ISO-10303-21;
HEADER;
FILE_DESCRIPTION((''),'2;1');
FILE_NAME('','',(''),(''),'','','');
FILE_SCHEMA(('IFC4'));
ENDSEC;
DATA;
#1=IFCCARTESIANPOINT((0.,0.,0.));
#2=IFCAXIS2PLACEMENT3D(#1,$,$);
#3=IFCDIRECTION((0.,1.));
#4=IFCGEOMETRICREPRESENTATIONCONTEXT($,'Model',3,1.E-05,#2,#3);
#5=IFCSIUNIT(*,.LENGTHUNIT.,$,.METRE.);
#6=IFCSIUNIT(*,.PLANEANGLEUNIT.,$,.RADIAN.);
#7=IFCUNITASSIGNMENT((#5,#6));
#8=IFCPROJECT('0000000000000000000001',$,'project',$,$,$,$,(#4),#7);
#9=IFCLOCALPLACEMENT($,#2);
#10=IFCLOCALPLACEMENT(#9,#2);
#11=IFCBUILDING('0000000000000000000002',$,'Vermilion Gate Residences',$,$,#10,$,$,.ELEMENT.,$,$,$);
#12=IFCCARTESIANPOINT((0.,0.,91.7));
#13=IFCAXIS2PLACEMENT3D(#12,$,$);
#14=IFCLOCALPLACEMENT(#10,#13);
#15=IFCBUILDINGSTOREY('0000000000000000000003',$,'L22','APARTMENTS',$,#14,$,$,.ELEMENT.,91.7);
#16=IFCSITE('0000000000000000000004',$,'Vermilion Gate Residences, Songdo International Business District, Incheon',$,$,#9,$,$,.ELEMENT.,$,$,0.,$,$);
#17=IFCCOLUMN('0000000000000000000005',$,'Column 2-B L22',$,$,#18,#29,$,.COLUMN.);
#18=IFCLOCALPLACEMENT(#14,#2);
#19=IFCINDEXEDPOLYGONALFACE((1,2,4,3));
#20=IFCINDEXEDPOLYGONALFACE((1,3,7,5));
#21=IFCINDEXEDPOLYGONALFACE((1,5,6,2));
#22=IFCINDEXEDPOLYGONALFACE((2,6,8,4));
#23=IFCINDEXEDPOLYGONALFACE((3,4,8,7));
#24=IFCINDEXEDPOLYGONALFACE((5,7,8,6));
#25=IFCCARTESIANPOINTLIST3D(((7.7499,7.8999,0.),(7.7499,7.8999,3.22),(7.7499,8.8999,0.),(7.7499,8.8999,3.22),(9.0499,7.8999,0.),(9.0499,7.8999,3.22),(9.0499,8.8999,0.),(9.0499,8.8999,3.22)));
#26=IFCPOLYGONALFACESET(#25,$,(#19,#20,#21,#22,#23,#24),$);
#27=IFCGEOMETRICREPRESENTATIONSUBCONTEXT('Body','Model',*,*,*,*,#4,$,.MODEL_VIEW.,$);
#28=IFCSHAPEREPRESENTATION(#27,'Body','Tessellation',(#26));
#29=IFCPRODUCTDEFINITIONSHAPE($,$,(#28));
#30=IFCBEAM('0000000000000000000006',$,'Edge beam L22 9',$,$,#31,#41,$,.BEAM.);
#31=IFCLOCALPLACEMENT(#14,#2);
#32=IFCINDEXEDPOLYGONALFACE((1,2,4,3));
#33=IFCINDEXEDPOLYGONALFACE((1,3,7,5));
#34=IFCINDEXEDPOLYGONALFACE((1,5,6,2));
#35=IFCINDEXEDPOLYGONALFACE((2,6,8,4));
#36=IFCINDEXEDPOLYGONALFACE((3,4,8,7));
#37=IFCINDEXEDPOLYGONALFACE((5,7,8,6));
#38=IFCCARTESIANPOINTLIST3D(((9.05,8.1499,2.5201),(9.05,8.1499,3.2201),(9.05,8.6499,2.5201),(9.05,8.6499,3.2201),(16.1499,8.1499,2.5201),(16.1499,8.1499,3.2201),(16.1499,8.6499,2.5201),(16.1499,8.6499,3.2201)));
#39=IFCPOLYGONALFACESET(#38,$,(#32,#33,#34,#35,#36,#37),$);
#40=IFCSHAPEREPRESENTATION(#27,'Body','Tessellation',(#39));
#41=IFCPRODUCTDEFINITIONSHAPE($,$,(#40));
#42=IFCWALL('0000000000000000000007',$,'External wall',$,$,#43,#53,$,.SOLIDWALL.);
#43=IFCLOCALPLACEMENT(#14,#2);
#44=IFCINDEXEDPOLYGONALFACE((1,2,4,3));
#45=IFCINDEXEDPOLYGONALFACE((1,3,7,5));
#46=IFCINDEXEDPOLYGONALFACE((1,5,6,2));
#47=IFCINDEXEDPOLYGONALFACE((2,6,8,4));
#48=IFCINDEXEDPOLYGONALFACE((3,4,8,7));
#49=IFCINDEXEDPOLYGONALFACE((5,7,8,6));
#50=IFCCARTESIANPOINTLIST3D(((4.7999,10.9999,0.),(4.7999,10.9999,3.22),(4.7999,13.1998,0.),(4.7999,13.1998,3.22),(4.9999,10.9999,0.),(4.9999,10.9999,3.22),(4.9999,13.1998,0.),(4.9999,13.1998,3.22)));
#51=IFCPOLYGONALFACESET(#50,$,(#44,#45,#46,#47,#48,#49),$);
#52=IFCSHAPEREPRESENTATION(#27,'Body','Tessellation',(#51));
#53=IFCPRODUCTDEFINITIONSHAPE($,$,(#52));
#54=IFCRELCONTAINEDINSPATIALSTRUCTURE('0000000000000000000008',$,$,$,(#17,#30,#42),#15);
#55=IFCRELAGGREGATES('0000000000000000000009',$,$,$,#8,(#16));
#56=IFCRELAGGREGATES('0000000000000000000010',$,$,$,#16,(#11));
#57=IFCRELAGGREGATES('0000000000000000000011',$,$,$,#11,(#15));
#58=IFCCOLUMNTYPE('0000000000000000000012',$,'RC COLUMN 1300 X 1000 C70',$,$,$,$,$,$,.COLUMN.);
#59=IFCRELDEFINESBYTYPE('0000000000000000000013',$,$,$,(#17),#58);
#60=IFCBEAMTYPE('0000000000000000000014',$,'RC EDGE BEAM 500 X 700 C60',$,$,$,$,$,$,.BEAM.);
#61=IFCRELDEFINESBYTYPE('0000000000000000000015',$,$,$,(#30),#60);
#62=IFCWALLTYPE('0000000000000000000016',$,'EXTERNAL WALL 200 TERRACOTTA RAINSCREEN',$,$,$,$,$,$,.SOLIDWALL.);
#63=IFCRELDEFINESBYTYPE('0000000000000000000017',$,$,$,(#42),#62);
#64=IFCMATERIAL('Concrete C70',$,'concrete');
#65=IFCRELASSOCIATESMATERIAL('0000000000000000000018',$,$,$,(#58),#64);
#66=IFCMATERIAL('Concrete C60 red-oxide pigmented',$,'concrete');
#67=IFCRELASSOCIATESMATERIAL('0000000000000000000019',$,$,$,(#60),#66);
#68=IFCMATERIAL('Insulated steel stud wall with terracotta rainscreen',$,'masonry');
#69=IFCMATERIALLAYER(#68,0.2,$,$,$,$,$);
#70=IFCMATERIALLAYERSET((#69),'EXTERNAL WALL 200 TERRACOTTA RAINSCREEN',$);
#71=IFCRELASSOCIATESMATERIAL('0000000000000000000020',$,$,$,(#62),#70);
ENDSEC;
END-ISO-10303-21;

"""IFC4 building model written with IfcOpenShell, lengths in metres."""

from ifc_helpers import new_model, si_unit, direction, frame, frame_2d, origin, origin_2d, place, context, subcontext, project, spatial, rectangle, extrude, material, layer, layer_set, material_profile, profile_set, type_object, element, save


model = new_model("IFC4")

# Units and contexts
model_context = context("Model", 3, precision=1e-05, world=origin(), true_north=direction((0.0, 1.0)))
body_context = subcontext(model_context, "Body", "Model", "MODEL_VIEW")
ifc_project = project(units=[si_unit("LENGTHUNIT", "METRE"), si_unit("PLANEANGLEUNIT", "RADIAN")], contexts=[model_context])

# Site, building, storey
site_placement = place(None, origin())
site = spatial("IfcSite", under=ifc_project, at=site_placement, Name="Vermilion Gate Residences, Songdo International Business District, Incheon", CompositionType="ELEMENT", RefElevation=0.0)
building_placement = place(site_placement, origin())
building = spatial("IfcBuilding", under=site, at=building_placement, Name="Vermilion Gate Residences", CompositionType="ELEMENT")
storey_placement = place(building_placement, frame((0.0, 0.0, 91.7)))
storey = spatial("IfcBuildingStorey", under=building, at=storey_placement, Name="L22", Description="APARTMENTS", CompositionType="ELEMENT", Elevation=91.7)

# Column
ifc_material_1 = material(Name="Concrete C70", Category="concrete")
ifc_material_profile_1 = material_profile(ifc_material_1, rectangle(XDim=1.3, YDim=1.0, at=origin_2d()), Name="RC-1300x1000")
ifc_profile_set_1 = profile_set([ifc_material_profile_1], Name="Concrete C70")
column_type = type_object("IfcColumnType", Name="RC COLUMN 1300 X 1000 C70", PredefinedType="COLUMN", material=ifc_profile_set_1)
column_placement = place(storey_placement, frame((8.3999, 8.3999, 0.0), z_axis=(0.0, 0.0, 1.0), x_axis=(1.0, 0.0, 0.0)))
element("IfcColumn", 1, at=column_placement, inside=storey, type_object=column_type, Name="Column 2-B L22", PredefinedType="COLUMN", context=body_context, shape_type="SweptSolid", body=[
    extrude(rectangle(XDim=1.3, YDim=1.0, at=origin_2d()), origin(), (0.0, 0.0, 1.0), 3.22),
])

# Beam
ifc_material_2 = material(Name="Concrete C60 red-oxide pigmented", Category="concrete")
ifc_material_profile_2 = material_profile(ifc_material_2, rectangle(XDim=0.5, YDim=0.7, at=origin_2d()), Name="RC-500x700")
ifc_profile_set_2 = profile_set([ifc_material_profile_2], Name="Concrete C60 red-oxide pigmented")
beam_type = type_object("IfcBeamType", Name="RC EDGE BEAM 500 X 700 C60", PredefinedType="BEAM", material=ifc_profile_set_2)
beam_placement = place(storey_placement, frame((9.05, 8.3999, 2.8701), z_axis=(1.0, 0.0, 0.0), x_axis=(0.0, 1.0, 0.0)))
element("IfcBeam", 2, at=beam_placement, inside=storey, type_object=beam_type, Name="Edge beam L22 9", PredefinedType="BEAM", context=body_context, shape_type="SweptSolid", body=[
    extrude(rectangle(XDim=0.5, YDim=0.7, at=origin_2d()), origin(), (0.0, 0.0, 1.0), 7.0999),
])

# Wall
ifc_material_3 = material(Name="Insulated steel stud wall with terracotta rainscreen", Category="masonry")
ifc_layer_1 = layer(ifc_material_3, 0.2)
ifc_layer_set_1 = layer_set([ifc_layer_1], Name="EXTERNAL WALL 200 TERRACOTTA RAINSCREEN")
wall_type_1 = type_object("IfcWallType", Name="EXTERNAL WALL 200 TERRACOTTA RAINSCREEN", PredefinedType="SOLIDWALL", material=ifc_layer_set_1)
wall_1_placement = place(storey_placement, frame((4.8999, 13.2, 0.0), z_axis=(0.0, 0.0, 1.0), x_axis=(0.0, -1.0, 0.0)))
element("IfcWall", 3, at=wall_1_placement, inside=storey, type_object=wall_type_1, Name="External wall", PredefinedType="SOLIDWALL", context=body_context, shape_type="SweptSolid", body=[
    extrude(rectangle(XDim=2.2, YDim=0.2, at=frame_2d((1.1001, 0.0))), origin(), (0.0, 0.0, 1.0), 3.22),
])

save(model, "model.ifc")
